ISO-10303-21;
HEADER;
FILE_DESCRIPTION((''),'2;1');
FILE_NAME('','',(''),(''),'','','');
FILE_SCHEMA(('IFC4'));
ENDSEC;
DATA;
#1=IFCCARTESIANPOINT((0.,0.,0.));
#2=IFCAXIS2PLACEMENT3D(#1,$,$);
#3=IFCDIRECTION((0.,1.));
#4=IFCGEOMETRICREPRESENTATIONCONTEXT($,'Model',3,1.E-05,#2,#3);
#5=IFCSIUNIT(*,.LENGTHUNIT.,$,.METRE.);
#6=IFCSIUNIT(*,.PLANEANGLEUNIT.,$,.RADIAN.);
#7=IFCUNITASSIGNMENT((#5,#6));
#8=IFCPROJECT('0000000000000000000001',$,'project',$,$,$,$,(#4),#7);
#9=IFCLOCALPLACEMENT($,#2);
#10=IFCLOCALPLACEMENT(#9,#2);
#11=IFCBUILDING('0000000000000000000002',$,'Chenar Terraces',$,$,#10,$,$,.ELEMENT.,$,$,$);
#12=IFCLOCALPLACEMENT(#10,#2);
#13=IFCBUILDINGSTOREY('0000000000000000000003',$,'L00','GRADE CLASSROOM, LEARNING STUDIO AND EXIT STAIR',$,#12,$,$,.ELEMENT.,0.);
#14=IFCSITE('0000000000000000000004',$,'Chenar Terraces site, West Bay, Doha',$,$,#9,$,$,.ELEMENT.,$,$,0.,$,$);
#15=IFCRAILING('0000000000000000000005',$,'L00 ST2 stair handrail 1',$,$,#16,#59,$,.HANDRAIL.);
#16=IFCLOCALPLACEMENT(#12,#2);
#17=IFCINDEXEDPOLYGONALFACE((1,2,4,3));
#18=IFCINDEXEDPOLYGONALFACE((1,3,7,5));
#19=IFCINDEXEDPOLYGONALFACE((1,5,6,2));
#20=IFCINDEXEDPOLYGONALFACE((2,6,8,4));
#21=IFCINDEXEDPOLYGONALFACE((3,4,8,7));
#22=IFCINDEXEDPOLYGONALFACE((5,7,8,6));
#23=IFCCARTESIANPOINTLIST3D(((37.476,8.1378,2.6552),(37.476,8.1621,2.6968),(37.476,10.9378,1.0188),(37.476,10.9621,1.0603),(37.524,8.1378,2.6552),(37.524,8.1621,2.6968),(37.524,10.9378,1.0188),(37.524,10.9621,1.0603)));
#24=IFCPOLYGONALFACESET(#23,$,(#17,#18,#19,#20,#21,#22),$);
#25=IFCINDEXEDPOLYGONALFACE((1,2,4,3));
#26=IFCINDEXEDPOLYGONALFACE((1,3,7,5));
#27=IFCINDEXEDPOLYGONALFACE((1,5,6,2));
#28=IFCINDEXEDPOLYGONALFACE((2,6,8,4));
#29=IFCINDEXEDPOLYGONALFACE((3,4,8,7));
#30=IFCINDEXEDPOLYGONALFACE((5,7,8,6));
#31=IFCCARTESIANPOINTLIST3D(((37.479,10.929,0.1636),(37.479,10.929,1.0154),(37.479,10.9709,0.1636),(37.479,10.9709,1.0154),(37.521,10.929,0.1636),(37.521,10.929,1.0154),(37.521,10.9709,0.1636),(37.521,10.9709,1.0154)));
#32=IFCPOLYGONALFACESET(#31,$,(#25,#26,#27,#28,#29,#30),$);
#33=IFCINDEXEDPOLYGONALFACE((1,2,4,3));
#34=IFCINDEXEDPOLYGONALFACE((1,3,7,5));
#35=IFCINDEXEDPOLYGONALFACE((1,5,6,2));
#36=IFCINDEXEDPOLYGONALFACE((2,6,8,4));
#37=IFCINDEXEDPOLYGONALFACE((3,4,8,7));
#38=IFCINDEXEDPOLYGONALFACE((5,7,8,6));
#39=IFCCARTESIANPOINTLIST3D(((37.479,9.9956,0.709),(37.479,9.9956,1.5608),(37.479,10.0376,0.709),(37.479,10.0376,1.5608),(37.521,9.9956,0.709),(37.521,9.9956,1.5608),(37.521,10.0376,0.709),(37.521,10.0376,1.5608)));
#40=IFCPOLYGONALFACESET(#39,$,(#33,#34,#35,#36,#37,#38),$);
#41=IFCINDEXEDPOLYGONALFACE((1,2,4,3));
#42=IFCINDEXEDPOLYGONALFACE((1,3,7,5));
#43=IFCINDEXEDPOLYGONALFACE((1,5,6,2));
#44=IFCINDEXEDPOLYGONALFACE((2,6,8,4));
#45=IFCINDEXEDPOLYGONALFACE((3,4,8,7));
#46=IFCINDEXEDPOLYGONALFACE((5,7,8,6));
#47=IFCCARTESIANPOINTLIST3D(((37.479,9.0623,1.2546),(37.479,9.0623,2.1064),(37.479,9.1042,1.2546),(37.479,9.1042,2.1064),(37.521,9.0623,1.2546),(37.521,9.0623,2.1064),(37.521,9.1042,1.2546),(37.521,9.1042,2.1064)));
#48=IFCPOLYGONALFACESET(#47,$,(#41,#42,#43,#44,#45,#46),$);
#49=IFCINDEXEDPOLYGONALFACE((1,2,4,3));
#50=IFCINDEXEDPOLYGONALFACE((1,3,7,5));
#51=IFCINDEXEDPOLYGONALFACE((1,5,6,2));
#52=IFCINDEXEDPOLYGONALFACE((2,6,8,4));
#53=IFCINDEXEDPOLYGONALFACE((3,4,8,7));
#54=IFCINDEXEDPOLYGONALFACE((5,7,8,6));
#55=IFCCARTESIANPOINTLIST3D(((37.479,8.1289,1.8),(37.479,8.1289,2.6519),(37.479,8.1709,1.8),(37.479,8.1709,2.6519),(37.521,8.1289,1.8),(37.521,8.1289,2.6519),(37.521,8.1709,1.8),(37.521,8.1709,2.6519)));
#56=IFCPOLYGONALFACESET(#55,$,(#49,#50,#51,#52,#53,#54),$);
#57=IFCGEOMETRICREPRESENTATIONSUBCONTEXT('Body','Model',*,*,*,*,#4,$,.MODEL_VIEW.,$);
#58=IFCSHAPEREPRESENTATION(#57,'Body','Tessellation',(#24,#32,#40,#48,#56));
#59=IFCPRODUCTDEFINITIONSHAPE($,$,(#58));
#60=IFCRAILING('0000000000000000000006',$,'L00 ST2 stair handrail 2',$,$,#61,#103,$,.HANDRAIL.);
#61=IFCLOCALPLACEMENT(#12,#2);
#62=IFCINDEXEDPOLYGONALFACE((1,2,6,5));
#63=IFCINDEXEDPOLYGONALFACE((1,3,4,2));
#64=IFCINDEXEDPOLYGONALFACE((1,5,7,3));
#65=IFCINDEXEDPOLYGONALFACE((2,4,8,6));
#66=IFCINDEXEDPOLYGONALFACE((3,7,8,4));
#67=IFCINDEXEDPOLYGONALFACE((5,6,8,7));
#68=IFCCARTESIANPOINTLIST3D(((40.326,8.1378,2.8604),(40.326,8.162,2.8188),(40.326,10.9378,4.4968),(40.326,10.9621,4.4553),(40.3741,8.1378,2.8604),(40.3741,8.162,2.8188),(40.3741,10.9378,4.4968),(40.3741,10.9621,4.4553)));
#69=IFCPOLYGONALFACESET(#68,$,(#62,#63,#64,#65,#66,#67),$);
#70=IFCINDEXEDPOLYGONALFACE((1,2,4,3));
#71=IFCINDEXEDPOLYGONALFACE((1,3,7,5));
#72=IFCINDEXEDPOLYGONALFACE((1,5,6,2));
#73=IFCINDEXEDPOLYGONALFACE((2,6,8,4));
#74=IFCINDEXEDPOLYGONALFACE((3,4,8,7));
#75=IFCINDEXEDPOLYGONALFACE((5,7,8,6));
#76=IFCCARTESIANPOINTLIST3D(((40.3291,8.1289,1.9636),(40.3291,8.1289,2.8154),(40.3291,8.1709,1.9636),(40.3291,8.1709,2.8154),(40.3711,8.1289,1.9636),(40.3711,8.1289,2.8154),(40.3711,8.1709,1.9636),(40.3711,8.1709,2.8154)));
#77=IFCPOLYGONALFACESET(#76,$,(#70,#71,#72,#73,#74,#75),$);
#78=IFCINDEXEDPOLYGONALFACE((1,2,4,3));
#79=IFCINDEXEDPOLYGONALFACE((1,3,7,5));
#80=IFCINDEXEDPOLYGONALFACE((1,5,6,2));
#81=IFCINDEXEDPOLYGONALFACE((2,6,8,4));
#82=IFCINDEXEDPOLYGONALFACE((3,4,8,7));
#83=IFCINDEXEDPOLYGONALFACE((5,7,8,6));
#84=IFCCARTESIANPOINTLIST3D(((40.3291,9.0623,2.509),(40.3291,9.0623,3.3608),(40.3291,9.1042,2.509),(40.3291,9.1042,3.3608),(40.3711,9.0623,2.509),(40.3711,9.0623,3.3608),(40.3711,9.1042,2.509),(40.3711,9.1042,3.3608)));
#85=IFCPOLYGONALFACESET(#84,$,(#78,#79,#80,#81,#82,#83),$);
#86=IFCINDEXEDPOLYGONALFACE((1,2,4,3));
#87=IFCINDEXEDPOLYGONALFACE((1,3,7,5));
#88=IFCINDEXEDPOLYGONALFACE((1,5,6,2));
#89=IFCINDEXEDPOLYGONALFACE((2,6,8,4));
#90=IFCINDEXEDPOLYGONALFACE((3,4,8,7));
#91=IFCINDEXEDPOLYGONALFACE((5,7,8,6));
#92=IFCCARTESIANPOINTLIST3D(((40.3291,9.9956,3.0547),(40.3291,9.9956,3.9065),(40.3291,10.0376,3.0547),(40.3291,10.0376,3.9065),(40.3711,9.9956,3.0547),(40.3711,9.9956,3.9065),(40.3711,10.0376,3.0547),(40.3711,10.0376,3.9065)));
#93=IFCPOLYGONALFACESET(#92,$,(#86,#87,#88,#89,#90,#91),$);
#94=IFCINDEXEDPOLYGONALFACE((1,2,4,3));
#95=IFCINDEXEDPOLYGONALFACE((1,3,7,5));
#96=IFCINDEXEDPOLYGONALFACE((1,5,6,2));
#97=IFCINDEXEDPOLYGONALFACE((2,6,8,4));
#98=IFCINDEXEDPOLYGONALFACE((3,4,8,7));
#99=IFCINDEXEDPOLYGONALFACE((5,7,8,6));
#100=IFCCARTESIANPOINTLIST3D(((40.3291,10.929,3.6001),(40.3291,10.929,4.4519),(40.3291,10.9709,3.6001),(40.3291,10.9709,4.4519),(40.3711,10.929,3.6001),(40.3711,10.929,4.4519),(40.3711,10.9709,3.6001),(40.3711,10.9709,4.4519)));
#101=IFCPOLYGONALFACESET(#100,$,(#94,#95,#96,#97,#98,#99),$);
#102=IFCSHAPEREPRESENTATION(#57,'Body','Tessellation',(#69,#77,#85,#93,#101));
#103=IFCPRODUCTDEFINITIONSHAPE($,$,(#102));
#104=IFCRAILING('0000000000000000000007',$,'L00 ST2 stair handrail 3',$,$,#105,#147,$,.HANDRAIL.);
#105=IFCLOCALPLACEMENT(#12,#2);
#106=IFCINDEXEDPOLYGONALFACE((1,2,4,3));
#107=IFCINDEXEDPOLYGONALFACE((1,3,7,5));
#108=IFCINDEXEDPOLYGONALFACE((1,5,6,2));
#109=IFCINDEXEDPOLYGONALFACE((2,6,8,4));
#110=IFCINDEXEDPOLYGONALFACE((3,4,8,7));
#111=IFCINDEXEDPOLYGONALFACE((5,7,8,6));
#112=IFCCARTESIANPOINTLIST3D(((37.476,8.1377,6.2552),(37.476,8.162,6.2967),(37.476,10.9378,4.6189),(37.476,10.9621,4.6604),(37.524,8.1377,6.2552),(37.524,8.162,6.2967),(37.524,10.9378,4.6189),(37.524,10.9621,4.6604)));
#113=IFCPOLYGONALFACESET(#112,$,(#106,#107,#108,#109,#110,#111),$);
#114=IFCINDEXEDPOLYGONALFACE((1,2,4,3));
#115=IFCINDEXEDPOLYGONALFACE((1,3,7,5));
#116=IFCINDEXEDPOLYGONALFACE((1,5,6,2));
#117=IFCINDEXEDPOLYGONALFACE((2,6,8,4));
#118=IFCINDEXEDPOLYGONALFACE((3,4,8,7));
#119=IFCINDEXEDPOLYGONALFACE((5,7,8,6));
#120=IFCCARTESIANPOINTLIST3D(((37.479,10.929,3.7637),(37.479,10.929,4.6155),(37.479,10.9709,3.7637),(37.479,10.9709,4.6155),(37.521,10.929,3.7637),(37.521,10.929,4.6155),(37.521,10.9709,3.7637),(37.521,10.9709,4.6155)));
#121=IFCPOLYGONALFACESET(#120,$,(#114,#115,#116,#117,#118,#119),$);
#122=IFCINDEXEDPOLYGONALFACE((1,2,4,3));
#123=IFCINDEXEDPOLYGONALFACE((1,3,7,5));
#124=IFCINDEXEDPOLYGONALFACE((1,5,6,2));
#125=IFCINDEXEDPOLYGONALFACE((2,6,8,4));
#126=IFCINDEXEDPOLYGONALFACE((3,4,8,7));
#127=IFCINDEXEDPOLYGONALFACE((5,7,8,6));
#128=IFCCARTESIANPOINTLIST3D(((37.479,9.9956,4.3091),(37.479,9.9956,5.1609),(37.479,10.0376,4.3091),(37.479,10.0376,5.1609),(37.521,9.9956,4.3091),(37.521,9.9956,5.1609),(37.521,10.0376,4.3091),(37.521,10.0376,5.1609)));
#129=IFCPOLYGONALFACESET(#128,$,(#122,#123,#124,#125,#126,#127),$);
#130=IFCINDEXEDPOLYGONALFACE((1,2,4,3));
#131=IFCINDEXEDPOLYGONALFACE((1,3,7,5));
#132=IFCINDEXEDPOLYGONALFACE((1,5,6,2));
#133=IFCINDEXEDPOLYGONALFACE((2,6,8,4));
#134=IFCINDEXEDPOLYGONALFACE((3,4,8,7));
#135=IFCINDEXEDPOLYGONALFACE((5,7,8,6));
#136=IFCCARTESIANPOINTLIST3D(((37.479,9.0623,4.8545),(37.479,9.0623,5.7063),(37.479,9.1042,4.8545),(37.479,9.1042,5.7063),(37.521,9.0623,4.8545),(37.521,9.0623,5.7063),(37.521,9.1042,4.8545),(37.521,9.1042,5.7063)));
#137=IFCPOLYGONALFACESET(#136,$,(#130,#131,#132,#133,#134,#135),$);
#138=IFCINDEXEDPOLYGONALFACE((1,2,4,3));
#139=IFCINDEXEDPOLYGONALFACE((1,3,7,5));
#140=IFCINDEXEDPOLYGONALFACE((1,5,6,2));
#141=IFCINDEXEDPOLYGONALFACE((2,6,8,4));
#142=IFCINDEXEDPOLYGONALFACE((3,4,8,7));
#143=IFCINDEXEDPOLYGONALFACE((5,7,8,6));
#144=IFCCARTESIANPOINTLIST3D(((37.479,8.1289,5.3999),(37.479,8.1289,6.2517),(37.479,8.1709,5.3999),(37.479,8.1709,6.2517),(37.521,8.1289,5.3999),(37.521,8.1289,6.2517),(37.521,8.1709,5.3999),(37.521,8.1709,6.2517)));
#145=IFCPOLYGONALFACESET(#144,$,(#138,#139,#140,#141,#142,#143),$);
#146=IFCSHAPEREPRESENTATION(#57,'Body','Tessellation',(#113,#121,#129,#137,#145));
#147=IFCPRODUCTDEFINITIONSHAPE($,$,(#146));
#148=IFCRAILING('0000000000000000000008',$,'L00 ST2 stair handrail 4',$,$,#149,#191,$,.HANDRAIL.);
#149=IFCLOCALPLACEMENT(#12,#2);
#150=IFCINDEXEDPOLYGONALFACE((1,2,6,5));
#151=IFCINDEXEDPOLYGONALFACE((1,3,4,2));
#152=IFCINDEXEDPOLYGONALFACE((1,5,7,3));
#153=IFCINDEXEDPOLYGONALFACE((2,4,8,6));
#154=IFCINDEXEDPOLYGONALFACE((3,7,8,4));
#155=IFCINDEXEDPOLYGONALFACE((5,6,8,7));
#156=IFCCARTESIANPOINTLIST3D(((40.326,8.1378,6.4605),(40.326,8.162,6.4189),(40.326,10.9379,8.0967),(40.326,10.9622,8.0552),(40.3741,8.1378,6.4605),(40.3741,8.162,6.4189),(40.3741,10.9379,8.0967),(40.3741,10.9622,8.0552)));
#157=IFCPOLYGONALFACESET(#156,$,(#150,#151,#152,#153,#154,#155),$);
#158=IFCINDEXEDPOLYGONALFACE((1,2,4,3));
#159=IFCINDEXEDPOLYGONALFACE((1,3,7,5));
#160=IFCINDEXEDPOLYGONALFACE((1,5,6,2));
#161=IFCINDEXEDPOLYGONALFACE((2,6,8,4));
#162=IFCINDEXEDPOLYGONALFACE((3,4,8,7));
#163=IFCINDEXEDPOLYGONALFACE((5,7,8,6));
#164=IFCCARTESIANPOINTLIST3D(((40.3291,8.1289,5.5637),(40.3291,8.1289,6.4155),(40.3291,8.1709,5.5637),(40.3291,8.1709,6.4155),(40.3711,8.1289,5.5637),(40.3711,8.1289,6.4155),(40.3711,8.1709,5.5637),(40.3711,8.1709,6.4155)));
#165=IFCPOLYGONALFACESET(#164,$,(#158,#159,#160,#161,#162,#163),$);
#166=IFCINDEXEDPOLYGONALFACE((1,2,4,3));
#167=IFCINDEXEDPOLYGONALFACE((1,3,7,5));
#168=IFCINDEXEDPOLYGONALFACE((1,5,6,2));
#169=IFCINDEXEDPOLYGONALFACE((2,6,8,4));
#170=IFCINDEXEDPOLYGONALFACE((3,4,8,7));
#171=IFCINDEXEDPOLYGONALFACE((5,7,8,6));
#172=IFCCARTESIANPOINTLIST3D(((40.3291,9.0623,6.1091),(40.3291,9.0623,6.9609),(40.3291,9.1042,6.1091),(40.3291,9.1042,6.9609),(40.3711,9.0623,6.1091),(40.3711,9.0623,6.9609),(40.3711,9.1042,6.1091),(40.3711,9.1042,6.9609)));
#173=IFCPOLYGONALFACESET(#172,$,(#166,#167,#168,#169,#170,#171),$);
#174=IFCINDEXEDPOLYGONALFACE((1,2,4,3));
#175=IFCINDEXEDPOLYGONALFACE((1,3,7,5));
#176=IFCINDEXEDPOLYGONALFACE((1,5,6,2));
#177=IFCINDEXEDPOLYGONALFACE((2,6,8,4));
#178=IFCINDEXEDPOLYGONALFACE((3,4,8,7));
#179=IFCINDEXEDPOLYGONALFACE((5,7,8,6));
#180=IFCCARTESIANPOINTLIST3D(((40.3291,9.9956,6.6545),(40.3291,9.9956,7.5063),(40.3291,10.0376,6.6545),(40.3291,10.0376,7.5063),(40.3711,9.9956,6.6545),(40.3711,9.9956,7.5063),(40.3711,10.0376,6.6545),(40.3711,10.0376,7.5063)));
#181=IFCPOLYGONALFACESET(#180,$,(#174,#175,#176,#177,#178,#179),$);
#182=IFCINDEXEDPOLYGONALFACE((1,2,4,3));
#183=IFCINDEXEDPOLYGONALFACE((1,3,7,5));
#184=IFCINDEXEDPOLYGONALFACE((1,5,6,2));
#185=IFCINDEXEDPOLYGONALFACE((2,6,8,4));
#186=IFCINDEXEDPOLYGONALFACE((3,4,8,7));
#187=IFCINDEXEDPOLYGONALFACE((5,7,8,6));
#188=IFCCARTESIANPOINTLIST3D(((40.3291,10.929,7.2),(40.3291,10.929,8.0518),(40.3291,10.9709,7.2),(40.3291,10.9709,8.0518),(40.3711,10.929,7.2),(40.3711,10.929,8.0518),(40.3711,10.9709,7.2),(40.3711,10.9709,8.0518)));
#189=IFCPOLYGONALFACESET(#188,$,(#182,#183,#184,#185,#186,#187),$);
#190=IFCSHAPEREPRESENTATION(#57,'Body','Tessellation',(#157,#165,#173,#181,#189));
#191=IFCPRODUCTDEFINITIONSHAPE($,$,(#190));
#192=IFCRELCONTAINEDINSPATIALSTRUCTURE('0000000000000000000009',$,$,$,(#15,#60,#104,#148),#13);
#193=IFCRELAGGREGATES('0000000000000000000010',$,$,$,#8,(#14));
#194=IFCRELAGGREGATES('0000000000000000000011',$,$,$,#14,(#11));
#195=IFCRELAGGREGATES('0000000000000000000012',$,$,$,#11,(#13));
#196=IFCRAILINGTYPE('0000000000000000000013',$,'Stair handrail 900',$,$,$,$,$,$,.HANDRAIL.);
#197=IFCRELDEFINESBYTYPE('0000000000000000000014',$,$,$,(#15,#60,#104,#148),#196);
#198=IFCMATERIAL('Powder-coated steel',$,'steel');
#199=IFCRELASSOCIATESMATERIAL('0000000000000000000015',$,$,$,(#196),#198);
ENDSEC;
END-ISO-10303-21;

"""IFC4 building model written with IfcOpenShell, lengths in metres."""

from ifc_helpers import new_model, si_unit, direction, frame, origin, origin_2d, place, context, subcontext, project, spatial, rectangle, extrude, material, type_object, element, save


model = new_model("IFC4")

# Units and contexts
model_context = context("Model", 3, precision=1e-05, world=origin(), true_north=direction((0.0, 1.0)))
body_context = subcontext(model_context, "Body", "Model", "MODEL_VIEW")
ifc_project = project(units=[si_unit("LENGTHUNIT", "METRE"), si_unit("PLANEANGLEUNIT", "RADIAN")], contexts=[model_context])

# Site, building, storey
site_placement = place(None, origin())
site = spatial("IfcSite", under=ifc_project, at=site_placement, Name="Chenar Terraces site, West Bay, Doha", CompositionType="ELEMENT", RefElevation=0.0)
building_placement = place(site_placement, origin())
building = spatial("IfcBuilding", under=site, at=building_placement, Name="Chenar Terraces", CompositionType="ELEMENT")
storey_placement = place(building_placement, origin())
storey = spatial("IfcBuildingStorey", under=building, at=storey_placement, Name="L00", Description="GRADE CLASSROOM, LEARNING STUDIO AND EXIT STAIR", CompositionType="ELEMENT", Elevation=0.0)

# Railings
ifc_material_1 = material(Name="Powder-coated steel", Category="steel")
railing_type_1 = type_object("IfcRailingType", Name="Stair handrail 900", PredefinedType="HANDRAIL", material=ifc_material_1)
railing_1_placement = place(storey_placement, frame((37.5, 10.95, 0.1636)))
element("IfcRailing", 1, at=railing_1_placement, inside=storey, type_object=railing_type_1, Name="L00 ST2 stair handrail 1", PredefinedType="HANDRAIL", context=body_context, shape_type="SweptSolid", body=[
    extrude(rectangle(XDim=0.0481, YDim=0.0481, at=origin_2d()), frame((0.0, 0.0, 0.876), z_axis=(0.0, -0.863361, 0.504587), x_axis=(1.0, 0.0, 0.0)), (0.0, 0.0, 1.0), 3.2432),
    extrude(rectangle(XDim=0.042, YDim=0.042, at=origin_2d()), origin(), (0.0, 0.0, 1.0), 0.8518),
    extrude(rectangle(XDim=0.042, YDim=0.042, at=origin_2d()), frame((0.0, -0.9333, 0.5454)), (0.0, 0.0, 1.0), 0.8518),
    extrude(rectangle(XDim=0.042, YDim=0.042, at=origin_2d()), frame((0.0, -1.8667, 1.0911)), (0.0, 0.0, 1.0), 0.8518),
    extrude(rectangle(XDim=0.042, YDim=0.042, at=origin_2d()), frame((0.0, -2.8, 1.6365)), (0.0, 0.0, 1.0), 0.8518),
])
railing_2_placement = place(storey_placement, frame((40.3501, 8.1499, 1.9636)))
element("IfcRailing", 2, at=railing_2_placement, inside=storey, type_object=railing_type_1, Name="L00 ST2 stair handrail 2", PredefinedType="HANDRAIL", context=body_context, shape_type="SweptSolid", body=[
    extrude(rectangle(XDim=0.0481, YDim=0.0481, at=origin_2d()), frame((0.0, 0.0, 0.876), z_axis=(0.0, 0.863361, 0.504587), x_axis=(-1.0, 0.0, 0.0)), (0.0, 0.0, 1.0), 3.2432),
    extrude(rectangle(XDim=0.042, YDim=0.042, at=origin_2d()), origin(), (0.0, 0.0, 1.0), 0.8518),
    extrude(rectangle(XDim=0.042, YDim=0.042, at=origin_2d()), frame((0.0, 0.9333, 0.5454)), (0.0, 0.0, 1.0), 0.8518),
    extrude(rectangle(XDim=0.042, YDim=0.042, at=origin_2d()), frame((0.0, 1.8667, 1.0911)), (0.0, 0.0, 1.0), 0.8518),
    extrude(rectangle(XDim=0.042, YDim=0.042, at=origin_2d()), frame((0.0, 2.8, 1.6365)), (0.0, 0.0, 1.0), 0.8518),
])
railing_3_placement = place(storey_placement, frame((37.5, 10.95, 3.7637)))
element("IfcRailing", 3, at=railing_3_placement, inside=storey, type_object=railing_type_1, Name="L00 ST2 stair handrail 3", PredefinedType="HANDRAIL", context=body_context, shape_type="SweptSolid", body=[
    extrude(rectangle(XDim=0.0481, YDim=0.0481, at=origin_2d()), frame((0.0, 0.0, 0.876), z_axis=(0.0, -0.863394, 0.504531), x_axis=(1.0, 0.0, 0.0)), (0.0, 0.0, 1.0), 3.2432),
    extrude(rectangle(XDim=0.042, YDim=0.042, at=origin_2d()), origin(), (0.0, 0.0, 1.0), 0.8518),
    extrude(rectangle(XDim=0.042, YDim=0.042, at=origin_2d()), frame((0.0, -0.9333, 0.5454)), (0.0, 0.0, 1.0), 0.8518),
    extrude(rectangle(XDim=0.042, YDim=0.042, at=origin_2d()), frame((0.0, -1.8667, 1.0908)), (0.0, 0.0, 1.0), 0.8518),
    extrude(rectangle(XDim=0.042, YDim=0.042, at=origin_2d()), frame((0.0, -2.8, 1.6362)), (0.0, 0.0, 1.0), 0.8518),
])
railing_4_placement = place(storey_placement, frame((40.3501, 8.1499, 5.5637)))
element("IfcRailing", 4, at=railing_4_placement, inside=storey, type_object=railing_type_1, Name="L00 ST2 stair handrail 4", PredefinedType="HANDRAIL", context=body_context, shape_type="SweptSolid", body=[
    extrude(rectangle(XDim=0.0481, YDim=0.0481, at=origin_2d()), frame((0.0, 0.0, 0.876), z_axis=(0.0, 0.863394, 0.504531), x_axis=(-1.0, 0.0, 0.0)), (0.0, 0.0, 1.0), 3.2432),
    extrude(rectangle(XDim=0.042, YDim=0.042, at=origin_2d()), origin(), (0.0, 0.0, 1.0), 0.8518),
    extrude(rectangle(XDim=0.042, YDim=0.042, at=origin_2d()), frame((0.0, 0.9333, 0.5454)), (0.0, 0.0, 1.0), 0.8518),
    extrude(rectangle(XDim=0.042, YDim=0.042, at=origin_2d()), frame((0.0, 1.8667, 1.0908)), (0.0, 0.0, 1.0), 0.8518),
    extrude(rectangle(XDim=0.042, YDim=0.042, at=origin_2d()), frame((0.0, 2.8, 1.6362)), (0.0, 0.0, 1.0), 0.8518),
])

save(model, "model.ifc")
